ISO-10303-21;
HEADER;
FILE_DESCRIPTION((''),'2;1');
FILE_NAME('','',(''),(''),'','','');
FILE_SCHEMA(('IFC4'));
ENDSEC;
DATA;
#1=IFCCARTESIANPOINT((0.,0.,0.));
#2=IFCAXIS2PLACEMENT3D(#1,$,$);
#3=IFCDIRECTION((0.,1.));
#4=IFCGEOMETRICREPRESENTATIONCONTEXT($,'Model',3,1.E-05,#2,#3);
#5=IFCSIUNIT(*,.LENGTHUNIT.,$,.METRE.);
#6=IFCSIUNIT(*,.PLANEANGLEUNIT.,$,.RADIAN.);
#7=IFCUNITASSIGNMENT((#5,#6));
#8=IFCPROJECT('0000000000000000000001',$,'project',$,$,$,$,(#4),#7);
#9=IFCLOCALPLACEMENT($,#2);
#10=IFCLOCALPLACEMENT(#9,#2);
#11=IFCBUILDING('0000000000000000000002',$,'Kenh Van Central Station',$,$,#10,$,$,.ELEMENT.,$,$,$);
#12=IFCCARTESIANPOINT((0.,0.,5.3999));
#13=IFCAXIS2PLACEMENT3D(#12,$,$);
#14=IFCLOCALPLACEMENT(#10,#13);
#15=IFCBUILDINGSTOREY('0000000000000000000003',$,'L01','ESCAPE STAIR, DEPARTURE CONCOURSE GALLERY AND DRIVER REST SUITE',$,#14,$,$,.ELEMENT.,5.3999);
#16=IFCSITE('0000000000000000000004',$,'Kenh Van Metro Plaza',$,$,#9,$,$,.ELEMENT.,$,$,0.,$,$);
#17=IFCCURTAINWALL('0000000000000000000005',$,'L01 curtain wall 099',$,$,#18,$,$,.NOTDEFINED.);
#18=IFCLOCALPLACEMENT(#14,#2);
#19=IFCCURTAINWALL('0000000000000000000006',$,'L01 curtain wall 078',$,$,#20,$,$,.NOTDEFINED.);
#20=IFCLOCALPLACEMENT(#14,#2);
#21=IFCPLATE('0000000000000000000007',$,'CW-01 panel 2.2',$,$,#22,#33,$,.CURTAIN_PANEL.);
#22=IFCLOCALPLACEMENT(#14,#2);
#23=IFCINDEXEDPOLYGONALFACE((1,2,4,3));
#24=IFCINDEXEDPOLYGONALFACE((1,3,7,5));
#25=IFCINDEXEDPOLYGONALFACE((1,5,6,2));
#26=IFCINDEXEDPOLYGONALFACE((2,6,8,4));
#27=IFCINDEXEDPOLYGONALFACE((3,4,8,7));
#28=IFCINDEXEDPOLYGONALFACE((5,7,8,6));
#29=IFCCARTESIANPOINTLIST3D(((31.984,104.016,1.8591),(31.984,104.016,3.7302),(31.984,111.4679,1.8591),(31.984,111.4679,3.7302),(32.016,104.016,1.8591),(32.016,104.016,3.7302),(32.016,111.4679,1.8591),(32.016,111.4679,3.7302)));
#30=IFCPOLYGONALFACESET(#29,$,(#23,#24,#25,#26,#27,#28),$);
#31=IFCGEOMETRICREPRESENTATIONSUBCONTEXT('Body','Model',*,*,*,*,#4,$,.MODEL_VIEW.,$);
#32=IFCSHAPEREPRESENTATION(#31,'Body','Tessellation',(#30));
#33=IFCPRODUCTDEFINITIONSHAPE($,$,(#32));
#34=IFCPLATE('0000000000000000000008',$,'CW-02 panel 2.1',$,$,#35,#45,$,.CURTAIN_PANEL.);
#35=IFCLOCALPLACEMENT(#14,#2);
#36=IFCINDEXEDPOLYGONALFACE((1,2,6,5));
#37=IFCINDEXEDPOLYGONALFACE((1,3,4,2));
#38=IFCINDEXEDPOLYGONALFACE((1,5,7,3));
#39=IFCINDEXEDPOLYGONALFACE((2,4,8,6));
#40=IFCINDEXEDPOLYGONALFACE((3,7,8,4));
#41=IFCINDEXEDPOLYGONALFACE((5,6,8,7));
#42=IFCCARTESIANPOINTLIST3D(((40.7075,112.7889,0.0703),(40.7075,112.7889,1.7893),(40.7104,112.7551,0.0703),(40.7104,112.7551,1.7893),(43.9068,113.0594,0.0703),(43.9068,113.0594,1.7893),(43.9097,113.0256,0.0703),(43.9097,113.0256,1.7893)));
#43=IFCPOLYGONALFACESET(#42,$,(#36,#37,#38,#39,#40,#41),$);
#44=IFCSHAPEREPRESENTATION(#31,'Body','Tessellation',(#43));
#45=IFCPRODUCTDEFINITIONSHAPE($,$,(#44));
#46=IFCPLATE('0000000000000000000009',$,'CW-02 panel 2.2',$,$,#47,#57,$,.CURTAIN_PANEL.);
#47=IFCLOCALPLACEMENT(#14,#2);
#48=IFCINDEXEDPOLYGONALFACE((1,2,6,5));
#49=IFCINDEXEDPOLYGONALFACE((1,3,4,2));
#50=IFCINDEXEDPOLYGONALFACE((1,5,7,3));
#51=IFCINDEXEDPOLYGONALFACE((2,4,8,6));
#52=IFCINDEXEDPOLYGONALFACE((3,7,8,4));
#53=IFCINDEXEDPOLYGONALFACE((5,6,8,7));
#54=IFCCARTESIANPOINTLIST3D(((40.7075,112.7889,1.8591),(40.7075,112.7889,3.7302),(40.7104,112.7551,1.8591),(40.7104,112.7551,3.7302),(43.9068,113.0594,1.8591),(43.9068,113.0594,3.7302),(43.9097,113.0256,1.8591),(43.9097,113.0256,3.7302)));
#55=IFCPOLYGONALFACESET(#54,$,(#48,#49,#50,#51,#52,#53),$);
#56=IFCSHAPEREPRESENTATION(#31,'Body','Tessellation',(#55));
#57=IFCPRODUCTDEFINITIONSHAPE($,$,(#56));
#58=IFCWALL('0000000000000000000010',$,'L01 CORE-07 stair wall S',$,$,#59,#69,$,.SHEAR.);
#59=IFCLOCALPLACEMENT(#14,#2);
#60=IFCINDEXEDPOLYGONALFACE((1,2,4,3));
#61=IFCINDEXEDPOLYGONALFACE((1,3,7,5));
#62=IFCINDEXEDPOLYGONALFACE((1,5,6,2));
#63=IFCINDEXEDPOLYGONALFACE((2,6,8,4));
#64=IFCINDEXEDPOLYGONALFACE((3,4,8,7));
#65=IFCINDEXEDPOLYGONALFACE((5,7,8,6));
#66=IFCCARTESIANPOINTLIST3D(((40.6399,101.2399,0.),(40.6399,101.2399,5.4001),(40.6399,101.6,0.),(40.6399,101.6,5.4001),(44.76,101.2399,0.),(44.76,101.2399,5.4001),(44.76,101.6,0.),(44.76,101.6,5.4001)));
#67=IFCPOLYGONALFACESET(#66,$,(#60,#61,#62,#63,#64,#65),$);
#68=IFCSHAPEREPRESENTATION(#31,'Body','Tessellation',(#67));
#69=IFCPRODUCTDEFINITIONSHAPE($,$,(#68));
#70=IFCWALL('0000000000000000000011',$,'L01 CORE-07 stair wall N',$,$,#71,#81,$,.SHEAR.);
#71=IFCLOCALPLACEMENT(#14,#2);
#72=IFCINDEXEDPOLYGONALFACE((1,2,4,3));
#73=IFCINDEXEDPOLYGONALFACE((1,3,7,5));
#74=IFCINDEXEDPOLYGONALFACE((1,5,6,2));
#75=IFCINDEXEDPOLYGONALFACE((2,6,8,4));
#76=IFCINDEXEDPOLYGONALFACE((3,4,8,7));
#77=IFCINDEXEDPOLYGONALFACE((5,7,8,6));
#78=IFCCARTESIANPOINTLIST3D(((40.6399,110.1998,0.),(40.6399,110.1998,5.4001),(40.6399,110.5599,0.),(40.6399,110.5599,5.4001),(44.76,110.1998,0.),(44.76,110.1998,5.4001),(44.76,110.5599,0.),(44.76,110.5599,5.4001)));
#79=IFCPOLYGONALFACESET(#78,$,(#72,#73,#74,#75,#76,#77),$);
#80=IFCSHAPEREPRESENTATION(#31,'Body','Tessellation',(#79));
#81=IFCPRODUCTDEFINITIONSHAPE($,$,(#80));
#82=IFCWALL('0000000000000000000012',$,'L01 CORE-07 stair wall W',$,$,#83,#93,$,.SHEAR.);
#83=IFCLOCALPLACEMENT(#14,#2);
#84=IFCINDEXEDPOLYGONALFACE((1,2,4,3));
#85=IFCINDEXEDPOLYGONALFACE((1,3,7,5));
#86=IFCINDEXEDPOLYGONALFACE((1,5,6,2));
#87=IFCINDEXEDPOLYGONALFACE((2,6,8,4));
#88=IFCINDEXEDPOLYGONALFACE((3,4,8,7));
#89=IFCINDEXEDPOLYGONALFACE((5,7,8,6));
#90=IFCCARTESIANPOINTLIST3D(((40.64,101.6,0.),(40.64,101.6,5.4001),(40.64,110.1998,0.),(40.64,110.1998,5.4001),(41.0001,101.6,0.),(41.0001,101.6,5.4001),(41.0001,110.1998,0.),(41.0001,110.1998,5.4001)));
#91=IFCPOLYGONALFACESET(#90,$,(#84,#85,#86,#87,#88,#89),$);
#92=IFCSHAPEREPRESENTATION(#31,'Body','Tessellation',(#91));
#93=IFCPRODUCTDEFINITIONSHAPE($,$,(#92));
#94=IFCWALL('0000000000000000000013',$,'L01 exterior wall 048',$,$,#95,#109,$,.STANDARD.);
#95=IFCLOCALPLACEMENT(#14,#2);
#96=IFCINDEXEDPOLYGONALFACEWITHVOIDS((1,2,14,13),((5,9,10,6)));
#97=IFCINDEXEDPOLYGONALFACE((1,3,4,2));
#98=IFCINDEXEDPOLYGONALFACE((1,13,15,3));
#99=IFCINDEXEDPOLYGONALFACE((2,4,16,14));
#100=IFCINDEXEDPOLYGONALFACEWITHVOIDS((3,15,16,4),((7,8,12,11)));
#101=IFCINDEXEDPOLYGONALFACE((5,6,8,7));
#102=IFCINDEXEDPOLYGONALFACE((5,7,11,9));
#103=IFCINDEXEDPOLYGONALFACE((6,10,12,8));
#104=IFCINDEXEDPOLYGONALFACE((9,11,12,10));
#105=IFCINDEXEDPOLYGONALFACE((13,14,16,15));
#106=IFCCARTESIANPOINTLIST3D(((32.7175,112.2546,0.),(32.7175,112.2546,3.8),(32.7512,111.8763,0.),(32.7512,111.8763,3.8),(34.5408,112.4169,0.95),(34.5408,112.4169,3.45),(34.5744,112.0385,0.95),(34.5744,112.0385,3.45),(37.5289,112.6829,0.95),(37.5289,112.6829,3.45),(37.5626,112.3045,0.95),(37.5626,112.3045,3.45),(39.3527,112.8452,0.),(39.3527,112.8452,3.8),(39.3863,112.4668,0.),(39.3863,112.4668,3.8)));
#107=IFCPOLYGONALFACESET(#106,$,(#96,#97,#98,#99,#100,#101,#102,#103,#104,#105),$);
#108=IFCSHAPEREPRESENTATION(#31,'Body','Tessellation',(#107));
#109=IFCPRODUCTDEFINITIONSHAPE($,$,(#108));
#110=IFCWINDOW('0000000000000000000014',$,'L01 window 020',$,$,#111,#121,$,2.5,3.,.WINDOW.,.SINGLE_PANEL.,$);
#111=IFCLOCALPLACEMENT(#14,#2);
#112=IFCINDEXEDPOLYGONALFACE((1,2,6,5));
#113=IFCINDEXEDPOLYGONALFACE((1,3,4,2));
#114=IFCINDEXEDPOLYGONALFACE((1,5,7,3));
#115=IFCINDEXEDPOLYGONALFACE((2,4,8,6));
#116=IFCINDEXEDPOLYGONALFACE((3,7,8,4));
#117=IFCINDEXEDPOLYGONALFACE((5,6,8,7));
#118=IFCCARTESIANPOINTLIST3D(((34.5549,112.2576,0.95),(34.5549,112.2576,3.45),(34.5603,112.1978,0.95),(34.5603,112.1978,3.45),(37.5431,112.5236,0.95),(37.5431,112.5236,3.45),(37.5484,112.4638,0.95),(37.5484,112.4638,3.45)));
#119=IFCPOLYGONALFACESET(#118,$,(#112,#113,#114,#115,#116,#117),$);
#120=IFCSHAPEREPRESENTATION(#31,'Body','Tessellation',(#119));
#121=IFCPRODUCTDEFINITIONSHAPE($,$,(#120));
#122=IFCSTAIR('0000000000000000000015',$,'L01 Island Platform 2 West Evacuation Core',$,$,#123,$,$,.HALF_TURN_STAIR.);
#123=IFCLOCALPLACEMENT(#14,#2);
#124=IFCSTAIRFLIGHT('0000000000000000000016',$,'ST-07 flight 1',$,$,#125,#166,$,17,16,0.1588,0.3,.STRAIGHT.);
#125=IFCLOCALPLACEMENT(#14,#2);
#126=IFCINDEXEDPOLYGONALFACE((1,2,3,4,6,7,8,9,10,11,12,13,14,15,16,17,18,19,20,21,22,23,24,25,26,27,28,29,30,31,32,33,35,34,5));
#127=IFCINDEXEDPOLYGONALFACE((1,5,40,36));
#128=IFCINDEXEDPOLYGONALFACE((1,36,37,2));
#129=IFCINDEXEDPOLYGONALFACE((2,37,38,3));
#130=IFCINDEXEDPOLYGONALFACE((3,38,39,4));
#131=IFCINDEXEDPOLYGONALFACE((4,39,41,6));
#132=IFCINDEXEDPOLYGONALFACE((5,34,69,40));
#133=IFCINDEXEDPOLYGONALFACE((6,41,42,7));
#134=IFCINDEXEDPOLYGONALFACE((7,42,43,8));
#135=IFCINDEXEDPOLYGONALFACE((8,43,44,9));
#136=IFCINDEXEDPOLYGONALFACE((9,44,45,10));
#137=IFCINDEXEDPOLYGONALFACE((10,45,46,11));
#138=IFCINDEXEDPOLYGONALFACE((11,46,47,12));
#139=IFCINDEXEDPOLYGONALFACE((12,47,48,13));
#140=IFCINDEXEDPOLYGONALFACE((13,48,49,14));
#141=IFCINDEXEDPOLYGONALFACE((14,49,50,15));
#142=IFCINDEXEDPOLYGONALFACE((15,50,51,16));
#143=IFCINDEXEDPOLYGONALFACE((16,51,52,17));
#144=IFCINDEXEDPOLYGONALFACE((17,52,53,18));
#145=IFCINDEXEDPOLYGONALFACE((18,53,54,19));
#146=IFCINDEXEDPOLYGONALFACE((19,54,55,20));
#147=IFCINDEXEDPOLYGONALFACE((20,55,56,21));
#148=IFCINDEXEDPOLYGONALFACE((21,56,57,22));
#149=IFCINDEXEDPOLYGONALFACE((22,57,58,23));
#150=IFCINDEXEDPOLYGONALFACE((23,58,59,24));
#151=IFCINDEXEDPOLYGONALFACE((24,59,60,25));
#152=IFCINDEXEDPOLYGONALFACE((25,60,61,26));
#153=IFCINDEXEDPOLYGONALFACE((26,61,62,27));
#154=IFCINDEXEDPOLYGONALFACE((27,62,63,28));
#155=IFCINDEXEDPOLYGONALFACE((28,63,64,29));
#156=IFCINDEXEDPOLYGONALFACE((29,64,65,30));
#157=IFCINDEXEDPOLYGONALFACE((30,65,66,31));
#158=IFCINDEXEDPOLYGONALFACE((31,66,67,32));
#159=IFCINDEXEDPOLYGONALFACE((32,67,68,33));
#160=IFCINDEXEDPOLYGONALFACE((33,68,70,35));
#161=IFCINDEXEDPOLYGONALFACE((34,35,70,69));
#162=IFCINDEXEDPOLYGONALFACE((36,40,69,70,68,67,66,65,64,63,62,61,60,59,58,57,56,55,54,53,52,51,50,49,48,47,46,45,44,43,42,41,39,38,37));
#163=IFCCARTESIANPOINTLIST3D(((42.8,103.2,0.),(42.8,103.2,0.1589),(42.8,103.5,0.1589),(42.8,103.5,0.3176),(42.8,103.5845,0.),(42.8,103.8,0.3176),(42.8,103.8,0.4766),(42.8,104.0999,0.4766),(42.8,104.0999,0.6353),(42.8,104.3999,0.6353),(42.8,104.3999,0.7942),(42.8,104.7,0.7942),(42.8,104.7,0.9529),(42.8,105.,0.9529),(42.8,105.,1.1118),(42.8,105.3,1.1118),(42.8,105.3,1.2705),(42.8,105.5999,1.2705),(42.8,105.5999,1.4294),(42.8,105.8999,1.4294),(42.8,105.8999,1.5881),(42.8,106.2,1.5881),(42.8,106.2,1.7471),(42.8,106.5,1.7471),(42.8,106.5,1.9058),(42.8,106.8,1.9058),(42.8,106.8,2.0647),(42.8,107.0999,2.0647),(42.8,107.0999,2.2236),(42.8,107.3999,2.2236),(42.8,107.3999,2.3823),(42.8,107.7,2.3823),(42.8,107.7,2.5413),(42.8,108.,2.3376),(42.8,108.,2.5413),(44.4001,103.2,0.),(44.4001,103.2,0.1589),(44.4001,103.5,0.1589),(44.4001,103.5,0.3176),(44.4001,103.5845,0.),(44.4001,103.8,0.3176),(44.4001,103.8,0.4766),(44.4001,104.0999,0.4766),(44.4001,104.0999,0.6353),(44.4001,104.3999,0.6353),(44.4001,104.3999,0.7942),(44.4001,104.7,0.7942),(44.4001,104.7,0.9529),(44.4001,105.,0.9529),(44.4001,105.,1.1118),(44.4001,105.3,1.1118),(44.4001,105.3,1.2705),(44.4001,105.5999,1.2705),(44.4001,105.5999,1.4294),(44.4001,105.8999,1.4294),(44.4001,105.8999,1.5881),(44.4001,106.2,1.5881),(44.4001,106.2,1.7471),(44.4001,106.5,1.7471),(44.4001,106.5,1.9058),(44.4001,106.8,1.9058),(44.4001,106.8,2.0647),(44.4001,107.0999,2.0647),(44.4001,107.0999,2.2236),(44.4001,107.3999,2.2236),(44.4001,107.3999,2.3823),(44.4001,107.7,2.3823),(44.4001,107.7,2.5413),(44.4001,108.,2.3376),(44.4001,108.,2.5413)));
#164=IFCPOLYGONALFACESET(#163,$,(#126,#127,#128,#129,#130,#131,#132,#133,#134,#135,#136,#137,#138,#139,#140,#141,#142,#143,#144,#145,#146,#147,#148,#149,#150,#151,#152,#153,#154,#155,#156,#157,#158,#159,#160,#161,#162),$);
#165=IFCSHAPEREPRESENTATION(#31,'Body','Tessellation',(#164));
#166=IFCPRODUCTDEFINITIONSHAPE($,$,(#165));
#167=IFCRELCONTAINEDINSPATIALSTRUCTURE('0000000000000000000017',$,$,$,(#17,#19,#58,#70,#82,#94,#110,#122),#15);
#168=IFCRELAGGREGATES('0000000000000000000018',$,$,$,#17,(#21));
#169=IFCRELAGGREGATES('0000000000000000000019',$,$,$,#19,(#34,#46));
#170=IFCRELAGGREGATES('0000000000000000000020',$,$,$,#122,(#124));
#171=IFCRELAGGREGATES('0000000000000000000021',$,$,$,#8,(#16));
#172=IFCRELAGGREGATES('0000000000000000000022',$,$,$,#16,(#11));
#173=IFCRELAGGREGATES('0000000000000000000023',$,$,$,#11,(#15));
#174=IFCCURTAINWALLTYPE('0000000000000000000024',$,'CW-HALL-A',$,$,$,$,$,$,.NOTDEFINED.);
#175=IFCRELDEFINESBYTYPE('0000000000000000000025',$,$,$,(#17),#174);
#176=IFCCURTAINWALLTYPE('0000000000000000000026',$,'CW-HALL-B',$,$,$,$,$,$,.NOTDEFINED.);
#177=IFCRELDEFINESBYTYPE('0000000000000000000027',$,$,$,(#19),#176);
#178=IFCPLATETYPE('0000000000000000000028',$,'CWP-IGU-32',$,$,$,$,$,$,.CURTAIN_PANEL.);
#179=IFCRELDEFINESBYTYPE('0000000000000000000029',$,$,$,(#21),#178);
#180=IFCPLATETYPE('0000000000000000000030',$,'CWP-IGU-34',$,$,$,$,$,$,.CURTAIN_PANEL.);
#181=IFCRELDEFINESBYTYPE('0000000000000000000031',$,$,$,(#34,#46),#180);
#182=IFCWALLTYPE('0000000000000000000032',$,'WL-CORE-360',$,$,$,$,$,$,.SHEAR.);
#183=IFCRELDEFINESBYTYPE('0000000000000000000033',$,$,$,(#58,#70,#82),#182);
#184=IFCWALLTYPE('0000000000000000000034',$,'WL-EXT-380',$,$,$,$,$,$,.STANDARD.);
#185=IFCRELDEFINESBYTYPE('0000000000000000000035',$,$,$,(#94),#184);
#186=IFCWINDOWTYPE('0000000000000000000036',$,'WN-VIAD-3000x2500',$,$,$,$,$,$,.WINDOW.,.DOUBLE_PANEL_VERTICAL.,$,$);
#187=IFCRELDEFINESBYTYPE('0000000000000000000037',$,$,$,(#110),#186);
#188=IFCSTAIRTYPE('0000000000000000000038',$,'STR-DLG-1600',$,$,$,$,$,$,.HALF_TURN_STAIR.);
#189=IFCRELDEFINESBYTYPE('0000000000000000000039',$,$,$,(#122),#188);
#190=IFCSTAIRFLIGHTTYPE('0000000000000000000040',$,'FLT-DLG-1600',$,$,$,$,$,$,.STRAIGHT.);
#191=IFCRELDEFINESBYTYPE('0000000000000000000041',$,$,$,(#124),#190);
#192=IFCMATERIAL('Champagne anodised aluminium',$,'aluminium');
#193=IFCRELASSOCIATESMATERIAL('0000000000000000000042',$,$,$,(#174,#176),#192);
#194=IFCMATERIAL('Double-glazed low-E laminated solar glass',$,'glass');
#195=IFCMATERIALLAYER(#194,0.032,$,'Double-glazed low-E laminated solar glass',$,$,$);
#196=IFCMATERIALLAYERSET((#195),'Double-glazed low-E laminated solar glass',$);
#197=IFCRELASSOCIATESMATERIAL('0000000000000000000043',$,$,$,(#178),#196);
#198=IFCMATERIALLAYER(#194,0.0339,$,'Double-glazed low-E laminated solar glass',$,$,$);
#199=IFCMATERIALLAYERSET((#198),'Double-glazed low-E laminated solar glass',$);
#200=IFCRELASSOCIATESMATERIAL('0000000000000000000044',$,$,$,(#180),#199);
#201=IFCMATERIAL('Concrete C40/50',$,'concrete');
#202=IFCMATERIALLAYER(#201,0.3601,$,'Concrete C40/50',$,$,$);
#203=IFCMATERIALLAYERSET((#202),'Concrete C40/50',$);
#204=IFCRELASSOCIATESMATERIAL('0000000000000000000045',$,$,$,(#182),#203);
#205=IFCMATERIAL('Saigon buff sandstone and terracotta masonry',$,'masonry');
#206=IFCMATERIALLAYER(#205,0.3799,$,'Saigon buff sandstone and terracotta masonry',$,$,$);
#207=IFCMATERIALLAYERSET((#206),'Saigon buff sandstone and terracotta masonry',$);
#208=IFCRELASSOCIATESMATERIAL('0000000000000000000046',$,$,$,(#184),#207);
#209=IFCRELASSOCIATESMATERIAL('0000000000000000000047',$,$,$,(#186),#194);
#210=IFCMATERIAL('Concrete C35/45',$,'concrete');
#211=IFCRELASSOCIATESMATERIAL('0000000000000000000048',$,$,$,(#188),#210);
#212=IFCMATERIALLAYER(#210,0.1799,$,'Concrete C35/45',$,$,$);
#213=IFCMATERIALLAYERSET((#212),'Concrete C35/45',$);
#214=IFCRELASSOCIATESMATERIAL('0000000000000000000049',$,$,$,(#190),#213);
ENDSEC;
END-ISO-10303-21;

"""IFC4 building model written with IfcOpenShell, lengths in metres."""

from ifc_helpers import new_model, si_unit, direction, frame, frame_2d, origin, origin_2d, place, context, subcontext, project, spatial, polyline, rectangle, outline, extrude, material, layer, layer_set, type_object, element, fill, aggregate, save


model = new_model("IFC4")

# Units and contexts
model_context = context("Model", 3, precision=1e-05, world=origin(), true_north=direction((0.0, 1.0)))
body_context = subcontext(model_context, "Body", "Model", "MODEL_VIEW")
ifc_project = project(units=[si_unit("LENGTHUNIT", "METRE"), si_unit("PLANEANGLEUNIT", "RADIAN")], contexts=[model_context])

# Site, building, storey
site_placement = place(None, origin())
site = spatial("IfcSite", under=ifc_project, at=site_placement, Name="Kenh Van Metro Plaza", CompositionType="ELEMENT", RefElevation=0.0)
building_placement = place(site_placement, origin())
building = spatial("IfcBuilding", under=site, at=building_placement, Name="Kenh Van Central Station", CompositionType="ELEMENT")
storey_placement = place(building_placement, frame((0.0, 0.0, 5.3999)))
storey = spatial("IfcBuildingStorey", under=building, at=storey_placement, Name="L01", Description="ESCAPE STAIR, DEPARTURE CONCOURSE GALLERY AND DRIVER REST SUITE", CompositionType="ELEMENT", Elevation=5.3999)

# Shared definitions
ifc_material_1 = material(Name="Concrete C40/50", Category="concrete")

# Curtain walls
ifc_material_2 = material(Name="Champagne anodised aluminium", Category="aluminium")
curtain_wall_type_1 = type_object("IfcCurtainWallType", Name="CW-HALL-A", PredefinedType="NOTDEFINED", material=ifc_material_2)
curtain_wall_1_placement = place(storey_placement, origin())
curtain_wall_1 = element("IfcCurtainWall", 1, at=curtain_wall_1_placement, inside=storey, type_object=curtain_wall_type_1, Name="L01 curtain wall 099", PredefinedType="NOTDEFINED")
curtain_wall_type_2 = type_object("IfcCurtainWallType", Name="CW-HALL-B", PredefinedType="NOTDEFINED", material=ifc_material_2)
curtain_wall_2_placement = place(storey_placement, origin())
curtain_wall_2 = element("IfcCurtainWall", 2, at=curtain_wall_2_placement, inside=storey, type_object=curtain_wall_type_2, Name="L01 curtain wall 078", PredefinedType="NOTDEFINED")

# Plates
ifc_material_3 = material(Name="Double-glazed low-E laminated solar glass", Category="glass")
ifc_layer_1 = layer(ifc_material_3, 0.032, Name="Double-glazed low-E laminated solar glass")
ifc_layer_set_1 = layer_set([ifc_layer_1], Name="Double-glazed low-E laminated solar glass")
plate_type_1 = type_object("IfcPlateType", Name="CWP-IGU-32", PredefinedType="CURTAIN_PANEL", material=ifc_layer_set_1)
plate_1_placement = place(storey_placement, frame((32.0, 107.7419, 1.8591), z_axis=(0.0, 0.0, 1.0), x_axis=(0.0, 1.0, 0.0)))
plate_1 = element("IfcPlate", 3, at=plate_1_placement, type_object=plate_type_1, Name="CW-01 panel 2.2", PredefinedType="CURTAIN_PANEL", context=body_context, shape_type="SweptSolid", body=[
    extrude(rectangle(XDim=7.4519, YDim=0.032, at=origin_2d()), origin(), (0.0, 0.0, 1.0), 1.8711),
])
aggregate(curtain_wall_1, [plate_1])
ifc_layer_2 = layer(ifc_material_3, 0.0339, Name="Double-glazed low-E laminated solar glass")
ifc_layer_set_2 = layer_set([ifc_layer_2], Name="Double-glazed low-E laminated solar glass")
plate_type_2 = type_object("IfcPlateType", Name="CWP-IGU-34", PredefinedType="CURTAIN_PANEL", material=ifc_layer_set_2)
plate_2_placement = place(storey_placement, frame((42.3086, 112.9072, 0.0703), z_axis=(0.0, 0.0, 1.0), x_axis=(-0.996445, -0.084244, 0.0)))
plate_2 = element("IfcPlate", 4, at=plate_2_placement, type_object=plate_type_2, Name="CW-02 panel 2.1", PredefinedType="CURTAIN_PANEL", context=body_context, shape_type="SweptSolid", body=[
    extrude(rectangle(XDim=3.2107, YDim=0.0339, at=origin_2d()), origin(), (0.0, 0.0, 1.0), 1.719),
])
plate_3_placement = place(storey_placement, frame((42.3086, 112.9072, 1.8591), z_axis=(0.0, 0.0, 1.0), x_axis=(-0.996445, -0.084244, 0.0)))
plate_3 = element("IfcPlate", 5, at=plate_3_placement, type_object=plate_type_2, Name="CW-02 panel 2.2", PredefinedType="CURTAIN_PANEL", context=body_context, shape_type="SweptSolid", body=[
    extrude(rectangle(XDim=3.2107, YDim=0.0339, at=origin_2d()), origin(), (0.0, 0.0, 1.0), 1.8711),
])
aggregate(curtain_wall_2, [plate_2, plate_3])

# Walls
ifc_layer_3 = layer(ifc_material_1, 0.3601, Name="Concrete C40/50")
ifc_layer_set_3 = layer_set([ifc_layer_3], Name="Concrete C40/50")
wall_type_1 = type_object("IfcWallType", Name="WL-CORE-360", PredefinedType="SHEAR", material=ifc_layer_set_3)
for number, where, z_axis, x_axis, name in (
    (6, (40.6399, 101.4199, 0.0), (0.0, 0.0, 1.0), (1.0, 0.0, 0.0), "L01 CORE-07 stair wall S"),
    (7, (40.6399, 110.3799, 0.0), (0.0, 0.0, 1.0), (1.0, 0.0, 0.0), "L01 CORE-07 stair wall N"),
):
    element("IfcWall", number, at=place(storey_placement, frame(where, z_axis=z_axis, x_axis=x_axis)), inside=storey, type_object=wall_type_1, Name=name, PredefinedType="SHEAR", context=body_context, shape_type="SweptSolid", body=[
        extrude(rectangle(XDim=4.1201, YDim=0.3601, at=frame_2d((2.0601, 0.0))), origin(), (0.0, 0.0, 1.0), 5.4001),
    ])
wall_1_placement = place(storey_placement, frame((40.8201, 101.6001, 0.0), z_axis=(0.0, 0.0, 1.0), x_axis=(0.0, 1.0, 0.0)))
element("IfcWall", 8, at=wall_1_placement, inside=storey, type_object=wall_type_1, Name="L01 CORE-07 stair wall W", PredefinedType="SHEAR", context=body_context, shape_type="SweptSolid", body=[
    extrude(rectangle(XDim=8.5999, YDim=0.3601, at=frame_2d((4.2998, 0.0))), origin(), (0.0, 0.0, 1.0), 5.4001),
])

# Wall, opening, window
ifc_material_4 = material(Name="Saigon buff sandstone and terracotta masonry", Category="masonry")
ifc_layer_4 = layer(ifc_material_4, 0.3799, Name="Saigon buff sandstone and terracotta masonry")
ifc_layer_set_4 = layer_set([ifc_layer_4], Name="Saigon buff sandstone and terracotta masonry")
wall_type_2 = type_object("IfcWallType", Name="WL-EXT-380", PredefinedType="STANDARD", material=ifc_layer_set_4)
wall_2_placement = place(storey_placement, frame((39.3694, 112.656, 0.0), z_axis=(0.0, 0.0, 1.0), x_axis=(-0.996062, -0.088655, 0.0)))
wall_2 = element("IfcWall", 9, at=wall_2_placement, inside=storey, type_object=wall_type_2, Name="L01 exterior wall 048", PredefinedType="STANDARD", context=body_context, shape_type="SweptSolid", body=[
    extrude(rectangle(XDim=6.6614, YDim=0.3799, at=frame_2d((3.3306, 0.0))), origin(), (0.0, 0.0, 1.0), 3.8),
])
opening_placement = place(wall_2_placement, frame((1.8308, 0.0, 0.95)))
opening = element("IfcOpeningElement", 10, at=opening_placement, cuts=wall_2, PredefinedType="OPENING", context=body_context, shape_type="SweptSolid", body=[
    extrude(rectangle(XDim=3.0, YDim=2.5, at=frame_2d((1.5, 1.25))), frame((0.0, 0.2, 0.0), z_axis=(0.0, -1.0, 0.0), x_axis=(1.0, 0.0, 0.0)), (0.0, 0.0, 1.0), 0.3999),
])
window_type = type_object("IfcWindowType", Name="WN-VIAD-3000x2500", PartitioningType="DOUBLE_PANEL_VERTICAL", PredefinedType="WINDOW", material=ifc_material_3)
window_placement = place(opening_placement, origin())
window = element("IfcWindow", 11, at=window_placement, inside=storey, type_object=window_type, Name="L01 window 020", OverallHeight=2.5, OverallWidth=3.0, PartitioningType="SINGLE_PANEL", PredefinedType="WINDOW", context=body_context, shape_type="SweptSolid", body=[
    extrude(rectangle(XDim=3.0, YDim=2.5, at=frame_2d((1.5, 1.25))), frame((0.0, 0.03, 0.0), z_axis=(0.0, -1.0, 0.0), x_axis=(1.0, 0.0, 0.0)), (0.0, 0.0, 1.0), 0.0601),
])
fill(opening, window)

# Stair, stair flight
ifc_material_5 = material(Name="Concrete C35/45", Category="concrete")
stair_type = type_object("IfcStairType", Name="STR-DLG-1600", PredefinedType="HALF_TURN_STAIR", material=ifc_material_5)
stair_placement = place(storey_placement, origin())
stair = element("IfcStair", 12, at=stair_placement, inside=storey, type_object=stair_type, Name="L01 Island Platform 2 West Evacuation Core", PredefinedType="HALF_TURN_STAIR")
ifc_layer_5 = layer(ifc_material_5, 0.1799, Name="Concrete C35/45")
ifc_layer_set_5 = layer_set([ifc_layer_5], Name="Concrete C35/45")
stair_flight_type = type_object("IfcStairFlightType", Name="FLT-DLG-1600", PredefinedType="STRAIGHT", material=ifc_layer_set_5)
stair_flight_1_placement = place(storey_placement, frame((43.6001, 103.2, 0.0), z_axis=(0.0, 0.0, 1.0), x_axis=(0.0, 1.0, 0.0)))
stair_flight_1 = element("IfcStairFlight", 13, at=stair_flight_1_placement, type_object=stair_flight_type, Name="ST-07 flight 1", NumberOfRisers=17, NumberOfTreads=16, PredefinedType="STRAIGHT", RiserHeight=0.1588, TreadLength=0.3, context=body_context, shape_type="SweptSolid", body=[
    extrude(outline(polyline([(0.0, 0.0), (0.0, 0.1589), (0.3, 0.1589), (0.3, 0.3176), (0.6001, 0.3176), (0.6001, 0.4766), (0.8999, 0.4766), (0.8999, 0.6353), (1.2, 0.6353), (1.2, 0.7942), (1.5, 0.7942), (1.5, 0.9529), (1.8, 0.9529), (1.8, 1.1118), (2.1001, 1.1118), (2.1001, 1.2705), (2.3999, 1.2705), (2.3999, 1.4294), (2.7, 1.4294), (2.7, 1.5881), (3.0, 1.5881), (3.0, 1.7471), (3.3, 1.7471), (3.3, 1.9058), (3.6001, 1.9058), (3.6001, 2.0647), (3.8999, 2.0647), (3.8999, 2.2236), (4.2, 2.2236), (4.2, 2.3823), (4.5, 2.3823), (4.5, 2.5413), (4.8, 2.5413), (4.8, 2.7), (4.8, 2.3376), (0.3845, 0.0), (0.0, 0.0)])), frame((0.0, 0.8, 0.0), z_axis=(0.0, -1.0, 0.0), x_axis=(1.0, 0.0, 0.0)), (0.0, 0.0, 1.0), 1.6001),
])
aggregate(stair, [stair_flight_1])

save(model, "model.ifc")
